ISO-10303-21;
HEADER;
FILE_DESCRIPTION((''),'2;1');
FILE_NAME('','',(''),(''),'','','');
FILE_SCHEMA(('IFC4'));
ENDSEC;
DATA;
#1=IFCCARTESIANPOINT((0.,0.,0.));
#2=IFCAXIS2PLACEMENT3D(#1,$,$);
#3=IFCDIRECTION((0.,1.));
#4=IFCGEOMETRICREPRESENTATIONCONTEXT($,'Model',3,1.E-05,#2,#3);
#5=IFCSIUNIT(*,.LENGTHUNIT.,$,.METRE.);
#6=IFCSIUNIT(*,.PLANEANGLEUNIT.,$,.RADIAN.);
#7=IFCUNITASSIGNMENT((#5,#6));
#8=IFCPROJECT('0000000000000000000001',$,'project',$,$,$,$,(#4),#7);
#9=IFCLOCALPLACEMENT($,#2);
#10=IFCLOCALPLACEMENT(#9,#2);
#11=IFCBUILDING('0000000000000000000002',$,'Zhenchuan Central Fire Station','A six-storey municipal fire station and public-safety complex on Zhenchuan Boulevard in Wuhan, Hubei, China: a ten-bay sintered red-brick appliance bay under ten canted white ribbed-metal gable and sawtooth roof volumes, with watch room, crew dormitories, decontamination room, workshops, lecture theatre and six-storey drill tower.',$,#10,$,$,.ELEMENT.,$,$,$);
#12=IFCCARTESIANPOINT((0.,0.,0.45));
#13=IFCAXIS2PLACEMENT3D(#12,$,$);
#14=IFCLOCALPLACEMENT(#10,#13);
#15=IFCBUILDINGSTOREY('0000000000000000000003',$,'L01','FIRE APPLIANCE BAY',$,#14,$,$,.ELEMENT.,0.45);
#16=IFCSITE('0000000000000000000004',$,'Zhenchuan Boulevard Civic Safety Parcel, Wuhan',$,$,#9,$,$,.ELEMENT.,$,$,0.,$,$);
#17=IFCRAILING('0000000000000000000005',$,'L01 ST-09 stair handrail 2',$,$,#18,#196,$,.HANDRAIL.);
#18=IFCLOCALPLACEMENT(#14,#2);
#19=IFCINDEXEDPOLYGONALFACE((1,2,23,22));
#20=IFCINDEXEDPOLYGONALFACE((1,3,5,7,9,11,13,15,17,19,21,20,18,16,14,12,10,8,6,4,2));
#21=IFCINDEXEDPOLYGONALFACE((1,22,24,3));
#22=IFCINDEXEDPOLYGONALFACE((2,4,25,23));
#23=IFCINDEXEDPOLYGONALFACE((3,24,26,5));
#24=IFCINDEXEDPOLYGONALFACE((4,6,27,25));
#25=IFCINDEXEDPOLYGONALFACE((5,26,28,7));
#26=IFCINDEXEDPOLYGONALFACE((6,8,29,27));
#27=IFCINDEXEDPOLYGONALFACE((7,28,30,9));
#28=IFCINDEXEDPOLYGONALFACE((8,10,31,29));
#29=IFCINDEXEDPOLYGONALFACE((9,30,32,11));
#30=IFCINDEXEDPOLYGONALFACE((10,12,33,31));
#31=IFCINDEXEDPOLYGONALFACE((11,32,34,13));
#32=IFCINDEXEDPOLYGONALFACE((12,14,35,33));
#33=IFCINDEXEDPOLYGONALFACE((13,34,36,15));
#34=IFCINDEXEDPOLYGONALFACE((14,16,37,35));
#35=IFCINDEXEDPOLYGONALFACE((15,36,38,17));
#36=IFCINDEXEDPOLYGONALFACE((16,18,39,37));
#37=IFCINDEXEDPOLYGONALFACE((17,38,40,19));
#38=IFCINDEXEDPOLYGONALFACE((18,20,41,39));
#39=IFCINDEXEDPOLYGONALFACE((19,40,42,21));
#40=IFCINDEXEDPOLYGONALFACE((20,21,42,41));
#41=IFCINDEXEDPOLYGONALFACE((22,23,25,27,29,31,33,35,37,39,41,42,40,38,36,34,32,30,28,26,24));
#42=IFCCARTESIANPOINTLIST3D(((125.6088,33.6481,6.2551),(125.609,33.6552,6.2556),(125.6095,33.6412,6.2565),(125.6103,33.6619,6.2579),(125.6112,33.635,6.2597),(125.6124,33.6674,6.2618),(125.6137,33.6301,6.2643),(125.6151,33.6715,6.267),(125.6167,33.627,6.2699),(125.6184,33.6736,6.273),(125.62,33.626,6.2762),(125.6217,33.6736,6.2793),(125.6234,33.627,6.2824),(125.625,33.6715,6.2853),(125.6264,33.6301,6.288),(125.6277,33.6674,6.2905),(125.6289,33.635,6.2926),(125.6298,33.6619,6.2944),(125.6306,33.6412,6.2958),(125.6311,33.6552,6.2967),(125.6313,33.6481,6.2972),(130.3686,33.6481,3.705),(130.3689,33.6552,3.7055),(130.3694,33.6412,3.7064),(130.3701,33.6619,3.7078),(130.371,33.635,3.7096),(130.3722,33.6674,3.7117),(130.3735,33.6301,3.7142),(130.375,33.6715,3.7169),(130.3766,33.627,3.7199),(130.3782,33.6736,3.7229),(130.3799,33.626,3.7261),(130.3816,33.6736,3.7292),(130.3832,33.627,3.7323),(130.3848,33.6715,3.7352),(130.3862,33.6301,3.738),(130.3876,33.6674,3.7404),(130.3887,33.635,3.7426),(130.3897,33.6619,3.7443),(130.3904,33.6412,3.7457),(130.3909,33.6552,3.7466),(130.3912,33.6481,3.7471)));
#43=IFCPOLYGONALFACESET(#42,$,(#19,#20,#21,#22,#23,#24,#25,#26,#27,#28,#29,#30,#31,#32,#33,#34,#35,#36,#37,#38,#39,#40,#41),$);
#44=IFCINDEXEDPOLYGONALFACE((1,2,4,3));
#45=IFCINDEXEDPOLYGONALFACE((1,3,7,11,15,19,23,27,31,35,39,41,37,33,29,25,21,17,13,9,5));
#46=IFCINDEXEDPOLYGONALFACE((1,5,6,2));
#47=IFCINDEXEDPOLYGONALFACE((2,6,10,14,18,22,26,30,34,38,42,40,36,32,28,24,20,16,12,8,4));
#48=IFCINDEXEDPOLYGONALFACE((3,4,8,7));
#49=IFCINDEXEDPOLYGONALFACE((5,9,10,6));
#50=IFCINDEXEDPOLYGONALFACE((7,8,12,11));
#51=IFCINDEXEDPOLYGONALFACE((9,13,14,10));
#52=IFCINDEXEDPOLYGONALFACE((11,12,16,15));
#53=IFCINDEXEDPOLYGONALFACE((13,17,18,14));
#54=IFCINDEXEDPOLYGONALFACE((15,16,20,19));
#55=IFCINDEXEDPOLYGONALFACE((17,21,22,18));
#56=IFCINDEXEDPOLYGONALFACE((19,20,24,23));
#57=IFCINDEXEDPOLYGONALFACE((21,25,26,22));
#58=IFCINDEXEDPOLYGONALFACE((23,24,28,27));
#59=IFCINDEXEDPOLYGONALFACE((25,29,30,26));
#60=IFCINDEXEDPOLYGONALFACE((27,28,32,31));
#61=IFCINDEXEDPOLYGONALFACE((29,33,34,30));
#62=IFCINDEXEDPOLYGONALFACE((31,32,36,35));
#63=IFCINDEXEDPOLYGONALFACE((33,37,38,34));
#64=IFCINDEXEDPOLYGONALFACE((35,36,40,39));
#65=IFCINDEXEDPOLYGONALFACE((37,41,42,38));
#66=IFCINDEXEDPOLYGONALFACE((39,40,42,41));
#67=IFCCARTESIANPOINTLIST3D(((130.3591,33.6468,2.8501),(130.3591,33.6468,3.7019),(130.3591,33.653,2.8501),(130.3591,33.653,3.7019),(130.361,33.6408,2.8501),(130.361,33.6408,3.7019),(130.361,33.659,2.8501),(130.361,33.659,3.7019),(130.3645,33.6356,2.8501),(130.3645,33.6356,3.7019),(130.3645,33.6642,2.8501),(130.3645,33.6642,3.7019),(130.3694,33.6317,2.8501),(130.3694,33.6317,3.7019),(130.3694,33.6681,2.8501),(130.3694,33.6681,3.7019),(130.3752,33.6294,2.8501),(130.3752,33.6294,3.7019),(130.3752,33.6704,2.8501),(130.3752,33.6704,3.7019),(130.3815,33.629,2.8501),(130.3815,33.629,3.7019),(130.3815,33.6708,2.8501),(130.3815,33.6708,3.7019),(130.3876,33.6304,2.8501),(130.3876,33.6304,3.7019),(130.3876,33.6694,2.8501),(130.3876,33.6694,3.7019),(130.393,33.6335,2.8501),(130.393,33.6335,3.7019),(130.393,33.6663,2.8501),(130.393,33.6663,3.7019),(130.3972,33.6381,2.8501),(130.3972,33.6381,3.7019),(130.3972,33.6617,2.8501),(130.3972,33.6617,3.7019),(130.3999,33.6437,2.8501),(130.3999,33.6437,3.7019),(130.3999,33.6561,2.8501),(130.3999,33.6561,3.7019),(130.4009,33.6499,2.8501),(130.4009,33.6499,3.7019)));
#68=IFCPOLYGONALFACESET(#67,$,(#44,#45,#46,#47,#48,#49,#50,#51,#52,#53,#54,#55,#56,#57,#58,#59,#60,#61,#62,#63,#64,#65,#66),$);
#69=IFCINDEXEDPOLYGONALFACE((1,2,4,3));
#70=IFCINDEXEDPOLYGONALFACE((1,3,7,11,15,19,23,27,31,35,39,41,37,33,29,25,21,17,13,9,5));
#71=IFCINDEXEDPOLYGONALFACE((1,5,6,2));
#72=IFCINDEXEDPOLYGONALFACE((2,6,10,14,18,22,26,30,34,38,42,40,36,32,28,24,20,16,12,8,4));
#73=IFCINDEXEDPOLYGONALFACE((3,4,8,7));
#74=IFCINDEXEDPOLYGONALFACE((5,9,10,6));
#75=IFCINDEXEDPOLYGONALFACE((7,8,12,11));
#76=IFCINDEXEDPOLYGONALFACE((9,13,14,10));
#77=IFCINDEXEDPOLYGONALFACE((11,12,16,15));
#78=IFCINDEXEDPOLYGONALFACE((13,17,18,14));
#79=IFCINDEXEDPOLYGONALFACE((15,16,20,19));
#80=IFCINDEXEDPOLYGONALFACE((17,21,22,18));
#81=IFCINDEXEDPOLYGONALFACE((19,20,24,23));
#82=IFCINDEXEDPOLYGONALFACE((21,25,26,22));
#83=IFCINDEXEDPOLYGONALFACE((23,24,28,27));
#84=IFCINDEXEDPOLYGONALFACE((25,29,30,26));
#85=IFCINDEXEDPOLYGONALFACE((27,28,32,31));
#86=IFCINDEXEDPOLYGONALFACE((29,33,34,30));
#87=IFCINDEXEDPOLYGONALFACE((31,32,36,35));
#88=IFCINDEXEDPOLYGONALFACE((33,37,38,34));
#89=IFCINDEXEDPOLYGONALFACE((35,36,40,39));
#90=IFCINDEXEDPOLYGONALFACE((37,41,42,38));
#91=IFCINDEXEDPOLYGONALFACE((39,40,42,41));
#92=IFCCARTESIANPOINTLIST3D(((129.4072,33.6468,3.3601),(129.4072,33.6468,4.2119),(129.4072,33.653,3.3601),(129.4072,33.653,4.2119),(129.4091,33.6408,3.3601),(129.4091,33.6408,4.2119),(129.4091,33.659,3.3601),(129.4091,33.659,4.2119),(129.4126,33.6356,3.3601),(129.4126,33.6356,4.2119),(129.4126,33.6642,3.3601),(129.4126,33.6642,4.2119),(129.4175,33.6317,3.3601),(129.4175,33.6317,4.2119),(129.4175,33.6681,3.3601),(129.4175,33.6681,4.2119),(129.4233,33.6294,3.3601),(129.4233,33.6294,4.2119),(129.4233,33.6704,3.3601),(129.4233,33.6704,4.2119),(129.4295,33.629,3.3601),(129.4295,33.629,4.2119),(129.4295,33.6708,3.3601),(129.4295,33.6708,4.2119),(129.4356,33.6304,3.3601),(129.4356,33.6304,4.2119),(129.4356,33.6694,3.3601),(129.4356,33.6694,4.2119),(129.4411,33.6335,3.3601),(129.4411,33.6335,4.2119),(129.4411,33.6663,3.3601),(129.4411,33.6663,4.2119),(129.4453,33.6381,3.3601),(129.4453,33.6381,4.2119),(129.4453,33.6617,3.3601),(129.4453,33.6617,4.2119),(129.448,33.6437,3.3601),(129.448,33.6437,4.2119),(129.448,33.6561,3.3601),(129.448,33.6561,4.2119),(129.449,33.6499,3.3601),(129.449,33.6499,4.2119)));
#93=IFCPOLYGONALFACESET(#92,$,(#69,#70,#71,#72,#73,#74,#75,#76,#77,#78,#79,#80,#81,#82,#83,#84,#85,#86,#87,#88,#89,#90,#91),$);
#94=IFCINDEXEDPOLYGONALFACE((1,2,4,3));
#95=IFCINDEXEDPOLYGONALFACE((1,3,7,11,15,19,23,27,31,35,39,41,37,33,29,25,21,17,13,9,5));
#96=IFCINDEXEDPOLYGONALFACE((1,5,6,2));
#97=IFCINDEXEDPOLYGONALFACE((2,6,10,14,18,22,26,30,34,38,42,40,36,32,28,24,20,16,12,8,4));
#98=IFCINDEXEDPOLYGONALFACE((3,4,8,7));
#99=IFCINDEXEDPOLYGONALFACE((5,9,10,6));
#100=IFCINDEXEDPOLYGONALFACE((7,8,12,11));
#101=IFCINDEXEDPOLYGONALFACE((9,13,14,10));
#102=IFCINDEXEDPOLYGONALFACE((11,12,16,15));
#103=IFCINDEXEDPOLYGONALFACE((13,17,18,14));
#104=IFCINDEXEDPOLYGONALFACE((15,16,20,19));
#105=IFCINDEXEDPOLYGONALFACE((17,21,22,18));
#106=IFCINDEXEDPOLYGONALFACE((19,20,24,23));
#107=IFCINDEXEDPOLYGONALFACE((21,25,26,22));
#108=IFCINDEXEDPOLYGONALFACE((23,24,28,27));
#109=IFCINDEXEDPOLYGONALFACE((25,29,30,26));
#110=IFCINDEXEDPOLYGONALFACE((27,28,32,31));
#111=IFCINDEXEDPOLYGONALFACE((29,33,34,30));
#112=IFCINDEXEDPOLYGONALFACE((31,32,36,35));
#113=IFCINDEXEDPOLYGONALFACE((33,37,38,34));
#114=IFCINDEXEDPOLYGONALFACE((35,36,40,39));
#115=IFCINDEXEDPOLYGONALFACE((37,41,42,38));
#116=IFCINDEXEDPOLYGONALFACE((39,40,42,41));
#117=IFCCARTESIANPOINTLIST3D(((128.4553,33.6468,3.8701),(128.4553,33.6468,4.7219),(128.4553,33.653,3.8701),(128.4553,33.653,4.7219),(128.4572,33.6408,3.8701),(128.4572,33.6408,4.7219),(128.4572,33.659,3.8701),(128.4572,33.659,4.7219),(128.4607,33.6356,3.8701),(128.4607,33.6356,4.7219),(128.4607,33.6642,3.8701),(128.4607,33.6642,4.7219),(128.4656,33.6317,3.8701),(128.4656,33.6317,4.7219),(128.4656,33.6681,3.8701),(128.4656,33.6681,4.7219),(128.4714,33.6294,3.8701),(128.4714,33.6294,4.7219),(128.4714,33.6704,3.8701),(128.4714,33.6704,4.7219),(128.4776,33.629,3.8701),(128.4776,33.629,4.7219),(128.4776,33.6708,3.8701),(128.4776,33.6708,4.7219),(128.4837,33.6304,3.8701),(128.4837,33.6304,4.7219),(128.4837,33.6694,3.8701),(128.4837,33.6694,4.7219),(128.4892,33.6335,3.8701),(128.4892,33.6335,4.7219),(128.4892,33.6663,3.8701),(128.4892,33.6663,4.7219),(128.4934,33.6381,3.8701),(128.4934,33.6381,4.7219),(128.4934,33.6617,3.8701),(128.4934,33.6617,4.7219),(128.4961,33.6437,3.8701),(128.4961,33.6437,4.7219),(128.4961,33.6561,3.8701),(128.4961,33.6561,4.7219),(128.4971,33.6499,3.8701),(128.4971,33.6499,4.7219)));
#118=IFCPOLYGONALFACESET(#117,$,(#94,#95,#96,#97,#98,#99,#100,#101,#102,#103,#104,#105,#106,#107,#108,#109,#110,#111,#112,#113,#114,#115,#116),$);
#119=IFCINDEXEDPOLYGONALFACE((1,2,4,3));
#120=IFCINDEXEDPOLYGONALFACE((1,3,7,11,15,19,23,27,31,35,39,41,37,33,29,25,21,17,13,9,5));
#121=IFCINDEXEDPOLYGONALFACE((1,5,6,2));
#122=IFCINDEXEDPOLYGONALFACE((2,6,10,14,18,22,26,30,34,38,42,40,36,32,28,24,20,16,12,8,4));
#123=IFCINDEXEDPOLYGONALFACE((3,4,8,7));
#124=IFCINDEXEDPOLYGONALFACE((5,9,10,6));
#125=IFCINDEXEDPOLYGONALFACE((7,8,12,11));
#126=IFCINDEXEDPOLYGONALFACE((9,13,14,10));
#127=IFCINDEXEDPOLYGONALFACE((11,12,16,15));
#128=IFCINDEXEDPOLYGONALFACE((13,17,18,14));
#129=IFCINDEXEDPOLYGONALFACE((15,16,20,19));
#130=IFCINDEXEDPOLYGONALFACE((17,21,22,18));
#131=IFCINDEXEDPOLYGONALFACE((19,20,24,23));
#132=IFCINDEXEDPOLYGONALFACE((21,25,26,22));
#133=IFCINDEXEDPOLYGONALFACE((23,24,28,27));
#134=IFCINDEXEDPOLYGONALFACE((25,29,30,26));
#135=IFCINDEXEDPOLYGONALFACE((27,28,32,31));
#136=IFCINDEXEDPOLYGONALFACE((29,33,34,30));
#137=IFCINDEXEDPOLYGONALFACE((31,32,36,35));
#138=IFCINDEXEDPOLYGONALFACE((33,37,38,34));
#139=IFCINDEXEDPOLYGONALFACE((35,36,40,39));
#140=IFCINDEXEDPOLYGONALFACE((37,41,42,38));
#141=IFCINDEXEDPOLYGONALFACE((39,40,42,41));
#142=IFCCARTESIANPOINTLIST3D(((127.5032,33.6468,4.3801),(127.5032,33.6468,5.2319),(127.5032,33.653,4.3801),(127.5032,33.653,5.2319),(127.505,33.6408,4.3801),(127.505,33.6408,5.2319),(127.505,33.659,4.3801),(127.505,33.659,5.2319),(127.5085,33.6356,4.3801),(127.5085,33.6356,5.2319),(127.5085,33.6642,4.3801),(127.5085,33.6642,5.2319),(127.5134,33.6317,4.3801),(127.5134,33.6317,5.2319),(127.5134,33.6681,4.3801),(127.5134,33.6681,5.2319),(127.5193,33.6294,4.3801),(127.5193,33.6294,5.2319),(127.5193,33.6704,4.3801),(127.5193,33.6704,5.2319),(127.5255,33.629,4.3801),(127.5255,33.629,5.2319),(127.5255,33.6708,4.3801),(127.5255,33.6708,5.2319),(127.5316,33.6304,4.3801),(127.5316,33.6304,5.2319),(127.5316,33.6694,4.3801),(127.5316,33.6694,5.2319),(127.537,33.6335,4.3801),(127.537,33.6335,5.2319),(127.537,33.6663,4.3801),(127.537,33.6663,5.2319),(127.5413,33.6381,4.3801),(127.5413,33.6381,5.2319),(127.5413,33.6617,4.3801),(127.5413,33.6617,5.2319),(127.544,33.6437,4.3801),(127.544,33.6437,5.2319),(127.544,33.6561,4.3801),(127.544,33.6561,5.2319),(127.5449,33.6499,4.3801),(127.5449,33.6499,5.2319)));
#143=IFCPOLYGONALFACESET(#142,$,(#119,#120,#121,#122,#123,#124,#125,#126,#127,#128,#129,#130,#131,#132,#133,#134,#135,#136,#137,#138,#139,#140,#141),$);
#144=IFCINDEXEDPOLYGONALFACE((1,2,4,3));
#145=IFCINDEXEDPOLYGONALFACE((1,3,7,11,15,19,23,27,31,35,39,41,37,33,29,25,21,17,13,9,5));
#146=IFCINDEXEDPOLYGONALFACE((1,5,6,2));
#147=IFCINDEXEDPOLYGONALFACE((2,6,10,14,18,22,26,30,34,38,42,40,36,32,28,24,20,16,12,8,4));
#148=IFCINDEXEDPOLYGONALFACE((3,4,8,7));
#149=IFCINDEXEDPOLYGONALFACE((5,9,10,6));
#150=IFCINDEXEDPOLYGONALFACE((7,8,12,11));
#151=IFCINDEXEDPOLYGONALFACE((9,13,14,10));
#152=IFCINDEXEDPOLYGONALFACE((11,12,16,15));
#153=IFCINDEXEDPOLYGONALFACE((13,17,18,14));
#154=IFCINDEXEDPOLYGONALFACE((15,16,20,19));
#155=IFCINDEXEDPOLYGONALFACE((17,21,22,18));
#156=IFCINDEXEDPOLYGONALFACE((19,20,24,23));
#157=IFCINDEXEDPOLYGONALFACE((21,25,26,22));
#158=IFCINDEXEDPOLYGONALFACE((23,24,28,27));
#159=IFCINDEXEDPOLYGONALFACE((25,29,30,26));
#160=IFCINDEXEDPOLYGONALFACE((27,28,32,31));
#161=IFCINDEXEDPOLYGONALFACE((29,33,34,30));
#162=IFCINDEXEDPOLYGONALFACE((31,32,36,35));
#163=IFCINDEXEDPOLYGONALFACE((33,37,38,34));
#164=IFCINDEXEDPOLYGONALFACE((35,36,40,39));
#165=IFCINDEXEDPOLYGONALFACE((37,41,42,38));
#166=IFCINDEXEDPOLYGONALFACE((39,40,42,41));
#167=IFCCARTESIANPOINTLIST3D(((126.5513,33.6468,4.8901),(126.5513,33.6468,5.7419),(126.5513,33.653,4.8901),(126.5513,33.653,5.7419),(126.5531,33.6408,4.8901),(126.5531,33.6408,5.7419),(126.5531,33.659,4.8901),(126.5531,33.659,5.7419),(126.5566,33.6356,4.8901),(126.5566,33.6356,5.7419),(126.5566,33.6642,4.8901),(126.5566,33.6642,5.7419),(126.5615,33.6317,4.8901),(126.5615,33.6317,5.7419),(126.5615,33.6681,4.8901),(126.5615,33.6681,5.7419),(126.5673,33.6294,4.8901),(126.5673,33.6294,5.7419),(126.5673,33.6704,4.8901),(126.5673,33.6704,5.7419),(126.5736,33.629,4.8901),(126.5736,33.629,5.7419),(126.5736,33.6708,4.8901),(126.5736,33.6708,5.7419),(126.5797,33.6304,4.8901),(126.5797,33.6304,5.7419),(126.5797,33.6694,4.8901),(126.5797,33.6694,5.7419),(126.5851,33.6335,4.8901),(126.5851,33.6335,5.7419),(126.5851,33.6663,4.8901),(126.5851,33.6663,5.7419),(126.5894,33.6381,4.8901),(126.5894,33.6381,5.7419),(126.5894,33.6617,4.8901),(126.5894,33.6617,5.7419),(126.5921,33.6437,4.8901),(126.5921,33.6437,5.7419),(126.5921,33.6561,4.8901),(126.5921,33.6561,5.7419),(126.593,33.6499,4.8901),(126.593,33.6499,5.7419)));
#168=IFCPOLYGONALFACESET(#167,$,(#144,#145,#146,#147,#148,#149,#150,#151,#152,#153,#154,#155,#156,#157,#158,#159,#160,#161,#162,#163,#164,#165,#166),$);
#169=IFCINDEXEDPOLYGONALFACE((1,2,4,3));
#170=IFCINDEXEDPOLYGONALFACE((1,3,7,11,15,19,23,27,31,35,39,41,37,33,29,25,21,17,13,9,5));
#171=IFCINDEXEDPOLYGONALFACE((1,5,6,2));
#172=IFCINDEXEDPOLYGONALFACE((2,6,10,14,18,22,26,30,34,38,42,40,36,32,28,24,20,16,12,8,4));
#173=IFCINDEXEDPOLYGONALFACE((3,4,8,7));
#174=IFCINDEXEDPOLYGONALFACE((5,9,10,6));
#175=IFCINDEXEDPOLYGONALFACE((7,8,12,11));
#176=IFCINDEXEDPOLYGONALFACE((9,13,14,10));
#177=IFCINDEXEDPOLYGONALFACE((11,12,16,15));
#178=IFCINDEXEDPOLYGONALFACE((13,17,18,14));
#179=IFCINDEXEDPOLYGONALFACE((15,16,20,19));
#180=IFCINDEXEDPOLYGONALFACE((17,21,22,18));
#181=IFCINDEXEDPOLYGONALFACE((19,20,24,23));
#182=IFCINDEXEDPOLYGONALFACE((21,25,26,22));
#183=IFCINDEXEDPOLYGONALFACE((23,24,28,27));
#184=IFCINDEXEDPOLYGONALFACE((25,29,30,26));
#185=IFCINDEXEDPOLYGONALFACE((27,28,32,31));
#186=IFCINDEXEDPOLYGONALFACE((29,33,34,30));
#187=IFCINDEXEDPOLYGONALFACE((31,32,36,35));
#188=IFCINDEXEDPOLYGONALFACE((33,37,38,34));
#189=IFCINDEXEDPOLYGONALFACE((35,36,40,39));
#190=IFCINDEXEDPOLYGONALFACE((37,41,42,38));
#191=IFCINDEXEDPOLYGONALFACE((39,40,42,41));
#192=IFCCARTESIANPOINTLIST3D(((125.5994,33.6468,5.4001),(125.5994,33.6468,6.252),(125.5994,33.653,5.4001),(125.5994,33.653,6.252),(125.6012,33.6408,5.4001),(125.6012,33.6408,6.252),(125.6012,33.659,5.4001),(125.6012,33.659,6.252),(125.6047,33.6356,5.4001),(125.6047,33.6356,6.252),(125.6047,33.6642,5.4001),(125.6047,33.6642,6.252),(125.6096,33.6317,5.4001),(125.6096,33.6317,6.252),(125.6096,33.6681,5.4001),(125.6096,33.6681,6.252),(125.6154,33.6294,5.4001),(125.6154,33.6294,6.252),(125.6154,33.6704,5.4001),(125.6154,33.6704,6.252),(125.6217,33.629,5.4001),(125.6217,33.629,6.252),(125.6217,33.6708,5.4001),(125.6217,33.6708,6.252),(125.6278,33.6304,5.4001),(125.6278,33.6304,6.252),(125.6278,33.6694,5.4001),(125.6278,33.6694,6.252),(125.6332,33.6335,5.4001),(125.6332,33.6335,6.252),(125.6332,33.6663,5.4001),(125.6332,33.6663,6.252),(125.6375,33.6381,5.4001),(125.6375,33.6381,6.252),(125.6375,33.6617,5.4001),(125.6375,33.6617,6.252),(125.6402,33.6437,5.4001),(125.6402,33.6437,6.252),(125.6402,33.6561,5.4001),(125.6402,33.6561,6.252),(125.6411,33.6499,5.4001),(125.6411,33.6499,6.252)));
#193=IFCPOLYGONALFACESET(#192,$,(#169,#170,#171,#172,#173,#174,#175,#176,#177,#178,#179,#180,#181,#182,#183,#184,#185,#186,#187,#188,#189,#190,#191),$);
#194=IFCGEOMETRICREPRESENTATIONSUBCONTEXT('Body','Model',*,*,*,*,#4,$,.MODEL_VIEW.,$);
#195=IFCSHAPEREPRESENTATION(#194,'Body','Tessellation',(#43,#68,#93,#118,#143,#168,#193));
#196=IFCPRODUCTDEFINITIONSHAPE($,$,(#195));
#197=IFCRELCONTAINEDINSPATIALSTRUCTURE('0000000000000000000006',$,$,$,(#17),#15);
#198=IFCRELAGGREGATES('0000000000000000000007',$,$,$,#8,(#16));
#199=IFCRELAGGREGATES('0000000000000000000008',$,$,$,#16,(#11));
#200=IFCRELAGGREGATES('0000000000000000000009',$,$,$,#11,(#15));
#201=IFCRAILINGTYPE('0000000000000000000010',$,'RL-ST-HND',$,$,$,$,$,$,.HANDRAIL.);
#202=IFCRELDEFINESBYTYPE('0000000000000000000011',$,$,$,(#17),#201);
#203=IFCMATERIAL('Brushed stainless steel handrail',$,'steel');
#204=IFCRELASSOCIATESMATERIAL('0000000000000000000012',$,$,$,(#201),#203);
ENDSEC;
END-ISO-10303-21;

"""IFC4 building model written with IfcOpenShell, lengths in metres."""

from ifc_helpers import new_model, si_unit, direction, frame, origin, origin_2d, place, context, subcontext, project, spatial, circle, extrude, material, type_object, element, save


model = new_model("IFC4")

# Units and contexts
model_context = context("Model", 3, precision=1e-05, world=origin(), true_north=direction((0.0, 1.0)))
body_context = subcontext(model_context, "Body", "Model", "MODEL_VIEW")
ifc_project = project(units=[si_unit("LENGTHUNIT", "METRE"), si_unit("PLANEANGLEUNIT", "RADIAN")], contexts=[model_context])

# Site, building, storey
site_placement = place(None, origin())
site = spatial("IfcSite", under=ifc_project, at=site_placement, Name="Zhenchuan Boulevard Civic Safety Parcel, Wuhan", CompositionType="ELEMENT", RefElevation=0.0)
building_placement = place(site_placement, origin())
building = spatial("IfcBuilding", under=site, at=building_placement, Name="Zhenchuan Central Fire Station", Description="A six-storey municipal fire station and public-safety complex on Zhenchuan Boulevard in Wuhan, Hubei, China: a ten-bay sintered red-brick appliance bay under ten canted white ribbed-metal gable and sawtooth roof volumes, with watch room, crew dormitories, decontamination room, workshops, lecture theatre and six-storey drill tower.", CompositionType="ELEMENT")
storey_placement = place(building_placement, frame((0.0, 0.0, 0.45)))
storey = spatial("IfcBuildingStorey", under=building, at=storey_placement, Name="L01", Description="FIRE APPLIANCE BAY", CompositionType="ELEMENT", Elevation=0.45)

# Railing
ifc_material_1 = material(Name="Brushed stainless steel handrail", Category="steel")
railing_type_1 = type_object("IfcRailingType", Name="RL-ST-HND", PredefinedType="HANDRAIL", material=ifc_material_1)
railing_1_placement = place(storey_placement, frame((130.3799, 33.6499, 2.8501)))
element("IfcRailing", 1, at=railing_1_placement, inside=storey, type_object=railing_type_1, Name="L01 ST-09 stair handrail 2", PredefinedType="HANDRAIL", context=body_context, shape_type="SweptSolid", body=[
    extrude(circle(Radius=0.0239, at=origin_2d()), frame((0.0, 0.0, 0.876), z_axis=(-0.881467, 0.0, 0.472247), x_axis=(0.0, -1.0, 0.0)), (0.0, 0.0, 1.0), 5.3999),
    extrude(circle(Radius=0.021, at=origin_2d()), origin(), (0.0, 0.0, 1.0), 0.8518),
    extrude(circle(Radius=0.021, at=origin_2d()), frame((-0.9519, 0.0, 0.51)), (0.0, 0.0, 1.0), 0.8518),
    extrude(circle(Radius=0.021, at=origin_2d()), frame((-1.9038, 0.0, 1.02)), (0.0, 0.0, 1.0), 0.8518),
    extrude(circle(Radius=0.021, at=origin_2d()), frame((-2.856, 0.0, 1.53)), (0.0, 0.0, 1.0), 0.8518),
    extrude(circle(Radius=0.021, at=origin_2d()), frame((-3.8079, 0.0, 2.04)), (0.0, 0.0, 1.0), 0.8518),
    extrude(circle(Radius=0.021, at=origin_2d()), frame((-4.7598, 0.0, 2.55)), (0.0, 0.0, 1.0), 0.8518),
])

save(model, "model.ifc")
